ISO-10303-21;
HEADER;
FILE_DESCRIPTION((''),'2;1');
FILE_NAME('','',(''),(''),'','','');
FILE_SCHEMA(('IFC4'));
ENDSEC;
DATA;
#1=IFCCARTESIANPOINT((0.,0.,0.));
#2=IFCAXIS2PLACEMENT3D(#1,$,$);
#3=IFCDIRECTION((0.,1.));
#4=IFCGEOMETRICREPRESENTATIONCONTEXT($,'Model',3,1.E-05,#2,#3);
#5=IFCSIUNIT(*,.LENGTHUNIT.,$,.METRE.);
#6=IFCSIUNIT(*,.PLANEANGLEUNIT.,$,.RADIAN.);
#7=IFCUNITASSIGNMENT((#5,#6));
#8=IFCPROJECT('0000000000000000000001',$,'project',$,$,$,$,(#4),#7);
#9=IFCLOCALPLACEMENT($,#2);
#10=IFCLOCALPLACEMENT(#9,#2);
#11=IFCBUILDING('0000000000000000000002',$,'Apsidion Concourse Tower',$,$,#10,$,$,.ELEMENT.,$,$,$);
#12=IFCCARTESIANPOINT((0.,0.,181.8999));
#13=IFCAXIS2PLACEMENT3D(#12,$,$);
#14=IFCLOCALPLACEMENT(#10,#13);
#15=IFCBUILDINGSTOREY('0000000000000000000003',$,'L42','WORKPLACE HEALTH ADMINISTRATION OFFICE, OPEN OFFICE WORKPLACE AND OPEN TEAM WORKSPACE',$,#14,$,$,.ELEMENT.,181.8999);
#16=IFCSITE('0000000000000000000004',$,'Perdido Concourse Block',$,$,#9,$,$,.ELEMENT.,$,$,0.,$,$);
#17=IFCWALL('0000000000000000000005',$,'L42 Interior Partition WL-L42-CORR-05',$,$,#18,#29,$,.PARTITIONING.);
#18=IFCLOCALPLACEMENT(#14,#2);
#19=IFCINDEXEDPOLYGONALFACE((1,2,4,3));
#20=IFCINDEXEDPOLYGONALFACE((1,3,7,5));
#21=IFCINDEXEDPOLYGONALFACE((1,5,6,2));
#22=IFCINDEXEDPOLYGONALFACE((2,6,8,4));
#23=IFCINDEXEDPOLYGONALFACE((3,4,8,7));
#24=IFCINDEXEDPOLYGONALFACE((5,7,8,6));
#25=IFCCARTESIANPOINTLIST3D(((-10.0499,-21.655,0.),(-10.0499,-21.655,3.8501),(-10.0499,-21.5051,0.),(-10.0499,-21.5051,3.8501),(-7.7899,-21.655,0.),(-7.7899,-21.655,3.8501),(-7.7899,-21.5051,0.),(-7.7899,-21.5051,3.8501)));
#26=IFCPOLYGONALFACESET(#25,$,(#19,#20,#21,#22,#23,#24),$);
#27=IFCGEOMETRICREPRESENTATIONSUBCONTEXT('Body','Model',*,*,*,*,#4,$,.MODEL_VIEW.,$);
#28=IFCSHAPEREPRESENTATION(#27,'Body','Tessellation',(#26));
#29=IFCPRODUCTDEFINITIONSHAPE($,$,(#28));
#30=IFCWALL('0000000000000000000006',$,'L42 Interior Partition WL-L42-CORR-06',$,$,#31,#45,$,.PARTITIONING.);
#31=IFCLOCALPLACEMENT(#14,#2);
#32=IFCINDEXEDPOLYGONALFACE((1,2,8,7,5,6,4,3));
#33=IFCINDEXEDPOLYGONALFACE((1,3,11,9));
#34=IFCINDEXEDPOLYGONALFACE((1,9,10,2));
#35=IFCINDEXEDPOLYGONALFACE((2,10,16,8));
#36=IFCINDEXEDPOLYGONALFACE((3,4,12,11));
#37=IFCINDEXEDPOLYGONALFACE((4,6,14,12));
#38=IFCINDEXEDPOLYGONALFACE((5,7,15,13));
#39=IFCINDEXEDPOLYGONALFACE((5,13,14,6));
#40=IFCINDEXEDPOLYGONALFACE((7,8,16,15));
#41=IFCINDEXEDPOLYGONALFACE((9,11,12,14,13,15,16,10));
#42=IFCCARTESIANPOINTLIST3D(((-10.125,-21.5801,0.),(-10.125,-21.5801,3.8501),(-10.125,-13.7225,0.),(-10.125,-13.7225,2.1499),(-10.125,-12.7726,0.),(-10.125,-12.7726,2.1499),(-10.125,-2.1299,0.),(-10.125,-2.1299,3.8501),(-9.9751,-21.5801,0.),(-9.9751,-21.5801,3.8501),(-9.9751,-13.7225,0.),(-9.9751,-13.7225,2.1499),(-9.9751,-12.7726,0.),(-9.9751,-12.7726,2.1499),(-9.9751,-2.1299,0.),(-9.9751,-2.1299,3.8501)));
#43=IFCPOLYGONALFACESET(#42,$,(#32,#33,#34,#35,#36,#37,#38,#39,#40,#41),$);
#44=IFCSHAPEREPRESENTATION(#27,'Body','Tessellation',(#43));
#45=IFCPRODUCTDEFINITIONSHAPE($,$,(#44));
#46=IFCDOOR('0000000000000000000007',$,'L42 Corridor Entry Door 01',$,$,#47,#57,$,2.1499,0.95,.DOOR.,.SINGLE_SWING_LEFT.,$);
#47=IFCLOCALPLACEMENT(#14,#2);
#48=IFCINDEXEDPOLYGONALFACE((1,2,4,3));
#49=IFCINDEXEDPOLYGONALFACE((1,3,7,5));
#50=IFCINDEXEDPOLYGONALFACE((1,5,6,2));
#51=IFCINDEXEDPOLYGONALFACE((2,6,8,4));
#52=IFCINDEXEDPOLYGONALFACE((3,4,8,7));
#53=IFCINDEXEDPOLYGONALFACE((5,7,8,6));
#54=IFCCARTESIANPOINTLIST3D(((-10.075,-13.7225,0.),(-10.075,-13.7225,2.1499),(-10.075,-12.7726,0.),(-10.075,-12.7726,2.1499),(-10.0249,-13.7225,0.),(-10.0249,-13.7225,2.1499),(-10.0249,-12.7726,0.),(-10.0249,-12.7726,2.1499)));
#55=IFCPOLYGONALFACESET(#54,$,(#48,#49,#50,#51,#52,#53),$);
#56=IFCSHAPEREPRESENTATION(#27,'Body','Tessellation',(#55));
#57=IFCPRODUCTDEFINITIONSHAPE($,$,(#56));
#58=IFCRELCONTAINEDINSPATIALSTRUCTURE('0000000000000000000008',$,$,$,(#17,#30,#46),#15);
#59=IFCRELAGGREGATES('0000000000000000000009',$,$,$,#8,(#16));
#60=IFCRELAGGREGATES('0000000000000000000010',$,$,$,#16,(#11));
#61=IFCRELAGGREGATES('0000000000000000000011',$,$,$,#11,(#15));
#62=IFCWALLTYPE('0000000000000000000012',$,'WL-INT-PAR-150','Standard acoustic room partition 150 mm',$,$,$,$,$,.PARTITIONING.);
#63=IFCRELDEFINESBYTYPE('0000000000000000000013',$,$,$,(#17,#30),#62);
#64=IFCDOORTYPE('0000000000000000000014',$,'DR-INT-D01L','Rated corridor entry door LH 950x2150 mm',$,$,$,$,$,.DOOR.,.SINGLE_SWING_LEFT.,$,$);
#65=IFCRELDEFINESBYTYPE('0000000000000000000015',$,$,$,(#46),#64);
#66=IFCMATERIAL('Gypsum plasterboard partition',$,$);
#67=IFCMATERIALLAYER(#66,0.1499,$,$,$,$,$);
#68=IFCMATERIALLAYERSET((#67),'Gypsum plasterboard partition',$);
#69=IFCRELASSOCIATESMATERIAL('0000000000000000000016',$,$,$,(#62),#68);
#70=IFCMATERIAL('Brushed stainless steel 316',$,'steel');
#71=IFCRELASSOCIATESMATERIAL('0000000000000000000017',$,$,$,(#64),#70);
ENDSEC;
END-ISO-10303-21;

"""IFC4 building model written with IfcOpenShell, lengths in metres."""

from ifc_helpers import new_model, si_unit, direction, frame, frame_2d, origin, place, context, subcontext, project, spatial, rectangle, extrude, material, layer, layer_set, type_object, element, fill, save


model = new_model("IFC4")

# Units and contexts
model_context = context("Model", 3, precision=1e-05, world=origin(), true_north=direction((0.0, 1.0)))
body_context = subcontext(model_context, "Body", "Model", "MODEL_VIEW")
ifc_project = project(units=[si_unit("LENGTHUNIT", "METRE"), si_unit("PLANEANGLEUNIT", "RADIAN")], contexts=[model_context])

# Site, building, storey
site_placement = place(None, origin())
site = spatial("IfcSite", under=ifc_project, at=site_placement, Name="Perdido Concourse Block", CompositionType="ELEMENT", RefElevation=0.0)
building_placement = place(site_placement, origin())
building = spatial("IfcBuilding", under=site, at=building_placement, Name="Apsidion Concourse Tower", CompositionType="ELEMENT")
storey_placement = place(building_placement, frame((0.0, 0.0, 181.8999)))
storey = spatial("IfcBuildingStorey", under=building, at=storey_placement, Name="L42", Description="WORKPLACE HEALTH ADMINISTRATION OFFICE, OPEN OFFICE WORKPLACE AND OPEN TEAM WORKSPACE", CompositionType="ELEMENT", Elevation=181.8999)

# Wall
ifc_material_1 = material(Name="Gypsum plasterboard partition")
ifc_layer_1 = layer(ifc_material_1, 0.1499)
ifc_layer_set_1 = layer_set([ifc_layer_1], Name="Gypsum plasterboard partition")
wall_type_1 = type_object("IfcWallType", Name="WL-INT-PAR-150", Description="Standard acoustic room partition 150 mm", PredefinedType="PARTITIONING", material=ifc_layer_set_1)
wall_1_placement = place(storey_placement, frame((-7.79, -21.5801, 0.0), z_axis=(0.0, 0.0, 1.0), x_axis=(-1.0, 0.0, 0.0)))
element("IfcWall", 1, at=wall_1_placement, inside=storey, type_object=wall_type_1, Name="L42 Interior Partition WL-L42-CORR-05", PredefinedType="PARTITIONING", context=body_context, shape_type="SweptSolid", body=[
    extrude(rectangle(XDim=2.26, YDim=0.1499, at=frame_2d((1.1299, 0.0))), origin(), (0.0, 0.0, 1.0), 3.8501),
])

# Wall, opening, door
wall_2_placement = place(storey_placement, frame((-10.05, -21.5801, 0.0), z_axis=(0.0, 0.0, 1.0), x_axis=(0.0, 1.0, 0.0)))
wall_2 = element("IfcWall", 2, at=wall_2_placement, inside=storey, type_object=wall_type_1, Name="L42 Interior Partition WL-L42-CORR-06", PredefinedType="PARTITIONING", context=body_context, shape_type="SweptSolid", body=[
    extrude(rectangle(XDim=19.4502, YDim=0.1499, at=frame_2d((9.7251, 0.0))), origin(), (0.0, 0.0, 1.0), 3.8501),
])
opening_1_placement = place(wall_2_placement, frame((7.8574, 0.0, 0.0)))
opening_1 = element("IfcOpeningElement", 3, at=opening_1_placement, cuts=wall_2, PredefinedType="OPENING", context=body_context, shape_type="SweptSolid", body=[
    extrude(rectangle(XDim=0.95, YDim=2.1499, at=frame_2d((0.4751, 1.075))), frame((0.0, 0.085, 0.0), z_axis=(0.0, -1.0, 0.0), x_axis=(1.0, 0.0, 0.0)), (0.0, 0.0, 1.0), 0.1699),
])
ifc_material_2 = material(Name="Brushed stainless steel 316", Category="steel")
door_type_1 = type_object("IfcDoorType", Name="DR-INT-D01L", Description="Rated corridor entry door LH 950x2150 mm", OperationType="SINGLE_SWING_LEFT", PredefinedType="DOOR", material=ifc_material_2)
door_1_placement = place(opening_1_placement, origin())
door_1 = element("IfcDoor", 4, at=door_1_placement, inside=storey, type_object=door_type_1, Name="L42 Corridor Entry Door 01", OperationType="SINGLE_SWING_LEFT", OverallHeight=2.1499, OverallWidth=0.95, PredefinedType="DOOR", context=body_context, shape_type="SweptSolid", body=[
    extrude(rectangle(XDim=0.95, YDim=2.1499, at=frame_2d((0.4751, 1.075))), frame((0.0, 0.0249, 0.0), z_axis=(0.0, -1.0, 0.0), x_axis=(1.0, 0.0, 0.0)), (0.0, 0.0, 1.0), 0.05),
])
fill(opening_1, door_1)

save(model, "model.ifc")
